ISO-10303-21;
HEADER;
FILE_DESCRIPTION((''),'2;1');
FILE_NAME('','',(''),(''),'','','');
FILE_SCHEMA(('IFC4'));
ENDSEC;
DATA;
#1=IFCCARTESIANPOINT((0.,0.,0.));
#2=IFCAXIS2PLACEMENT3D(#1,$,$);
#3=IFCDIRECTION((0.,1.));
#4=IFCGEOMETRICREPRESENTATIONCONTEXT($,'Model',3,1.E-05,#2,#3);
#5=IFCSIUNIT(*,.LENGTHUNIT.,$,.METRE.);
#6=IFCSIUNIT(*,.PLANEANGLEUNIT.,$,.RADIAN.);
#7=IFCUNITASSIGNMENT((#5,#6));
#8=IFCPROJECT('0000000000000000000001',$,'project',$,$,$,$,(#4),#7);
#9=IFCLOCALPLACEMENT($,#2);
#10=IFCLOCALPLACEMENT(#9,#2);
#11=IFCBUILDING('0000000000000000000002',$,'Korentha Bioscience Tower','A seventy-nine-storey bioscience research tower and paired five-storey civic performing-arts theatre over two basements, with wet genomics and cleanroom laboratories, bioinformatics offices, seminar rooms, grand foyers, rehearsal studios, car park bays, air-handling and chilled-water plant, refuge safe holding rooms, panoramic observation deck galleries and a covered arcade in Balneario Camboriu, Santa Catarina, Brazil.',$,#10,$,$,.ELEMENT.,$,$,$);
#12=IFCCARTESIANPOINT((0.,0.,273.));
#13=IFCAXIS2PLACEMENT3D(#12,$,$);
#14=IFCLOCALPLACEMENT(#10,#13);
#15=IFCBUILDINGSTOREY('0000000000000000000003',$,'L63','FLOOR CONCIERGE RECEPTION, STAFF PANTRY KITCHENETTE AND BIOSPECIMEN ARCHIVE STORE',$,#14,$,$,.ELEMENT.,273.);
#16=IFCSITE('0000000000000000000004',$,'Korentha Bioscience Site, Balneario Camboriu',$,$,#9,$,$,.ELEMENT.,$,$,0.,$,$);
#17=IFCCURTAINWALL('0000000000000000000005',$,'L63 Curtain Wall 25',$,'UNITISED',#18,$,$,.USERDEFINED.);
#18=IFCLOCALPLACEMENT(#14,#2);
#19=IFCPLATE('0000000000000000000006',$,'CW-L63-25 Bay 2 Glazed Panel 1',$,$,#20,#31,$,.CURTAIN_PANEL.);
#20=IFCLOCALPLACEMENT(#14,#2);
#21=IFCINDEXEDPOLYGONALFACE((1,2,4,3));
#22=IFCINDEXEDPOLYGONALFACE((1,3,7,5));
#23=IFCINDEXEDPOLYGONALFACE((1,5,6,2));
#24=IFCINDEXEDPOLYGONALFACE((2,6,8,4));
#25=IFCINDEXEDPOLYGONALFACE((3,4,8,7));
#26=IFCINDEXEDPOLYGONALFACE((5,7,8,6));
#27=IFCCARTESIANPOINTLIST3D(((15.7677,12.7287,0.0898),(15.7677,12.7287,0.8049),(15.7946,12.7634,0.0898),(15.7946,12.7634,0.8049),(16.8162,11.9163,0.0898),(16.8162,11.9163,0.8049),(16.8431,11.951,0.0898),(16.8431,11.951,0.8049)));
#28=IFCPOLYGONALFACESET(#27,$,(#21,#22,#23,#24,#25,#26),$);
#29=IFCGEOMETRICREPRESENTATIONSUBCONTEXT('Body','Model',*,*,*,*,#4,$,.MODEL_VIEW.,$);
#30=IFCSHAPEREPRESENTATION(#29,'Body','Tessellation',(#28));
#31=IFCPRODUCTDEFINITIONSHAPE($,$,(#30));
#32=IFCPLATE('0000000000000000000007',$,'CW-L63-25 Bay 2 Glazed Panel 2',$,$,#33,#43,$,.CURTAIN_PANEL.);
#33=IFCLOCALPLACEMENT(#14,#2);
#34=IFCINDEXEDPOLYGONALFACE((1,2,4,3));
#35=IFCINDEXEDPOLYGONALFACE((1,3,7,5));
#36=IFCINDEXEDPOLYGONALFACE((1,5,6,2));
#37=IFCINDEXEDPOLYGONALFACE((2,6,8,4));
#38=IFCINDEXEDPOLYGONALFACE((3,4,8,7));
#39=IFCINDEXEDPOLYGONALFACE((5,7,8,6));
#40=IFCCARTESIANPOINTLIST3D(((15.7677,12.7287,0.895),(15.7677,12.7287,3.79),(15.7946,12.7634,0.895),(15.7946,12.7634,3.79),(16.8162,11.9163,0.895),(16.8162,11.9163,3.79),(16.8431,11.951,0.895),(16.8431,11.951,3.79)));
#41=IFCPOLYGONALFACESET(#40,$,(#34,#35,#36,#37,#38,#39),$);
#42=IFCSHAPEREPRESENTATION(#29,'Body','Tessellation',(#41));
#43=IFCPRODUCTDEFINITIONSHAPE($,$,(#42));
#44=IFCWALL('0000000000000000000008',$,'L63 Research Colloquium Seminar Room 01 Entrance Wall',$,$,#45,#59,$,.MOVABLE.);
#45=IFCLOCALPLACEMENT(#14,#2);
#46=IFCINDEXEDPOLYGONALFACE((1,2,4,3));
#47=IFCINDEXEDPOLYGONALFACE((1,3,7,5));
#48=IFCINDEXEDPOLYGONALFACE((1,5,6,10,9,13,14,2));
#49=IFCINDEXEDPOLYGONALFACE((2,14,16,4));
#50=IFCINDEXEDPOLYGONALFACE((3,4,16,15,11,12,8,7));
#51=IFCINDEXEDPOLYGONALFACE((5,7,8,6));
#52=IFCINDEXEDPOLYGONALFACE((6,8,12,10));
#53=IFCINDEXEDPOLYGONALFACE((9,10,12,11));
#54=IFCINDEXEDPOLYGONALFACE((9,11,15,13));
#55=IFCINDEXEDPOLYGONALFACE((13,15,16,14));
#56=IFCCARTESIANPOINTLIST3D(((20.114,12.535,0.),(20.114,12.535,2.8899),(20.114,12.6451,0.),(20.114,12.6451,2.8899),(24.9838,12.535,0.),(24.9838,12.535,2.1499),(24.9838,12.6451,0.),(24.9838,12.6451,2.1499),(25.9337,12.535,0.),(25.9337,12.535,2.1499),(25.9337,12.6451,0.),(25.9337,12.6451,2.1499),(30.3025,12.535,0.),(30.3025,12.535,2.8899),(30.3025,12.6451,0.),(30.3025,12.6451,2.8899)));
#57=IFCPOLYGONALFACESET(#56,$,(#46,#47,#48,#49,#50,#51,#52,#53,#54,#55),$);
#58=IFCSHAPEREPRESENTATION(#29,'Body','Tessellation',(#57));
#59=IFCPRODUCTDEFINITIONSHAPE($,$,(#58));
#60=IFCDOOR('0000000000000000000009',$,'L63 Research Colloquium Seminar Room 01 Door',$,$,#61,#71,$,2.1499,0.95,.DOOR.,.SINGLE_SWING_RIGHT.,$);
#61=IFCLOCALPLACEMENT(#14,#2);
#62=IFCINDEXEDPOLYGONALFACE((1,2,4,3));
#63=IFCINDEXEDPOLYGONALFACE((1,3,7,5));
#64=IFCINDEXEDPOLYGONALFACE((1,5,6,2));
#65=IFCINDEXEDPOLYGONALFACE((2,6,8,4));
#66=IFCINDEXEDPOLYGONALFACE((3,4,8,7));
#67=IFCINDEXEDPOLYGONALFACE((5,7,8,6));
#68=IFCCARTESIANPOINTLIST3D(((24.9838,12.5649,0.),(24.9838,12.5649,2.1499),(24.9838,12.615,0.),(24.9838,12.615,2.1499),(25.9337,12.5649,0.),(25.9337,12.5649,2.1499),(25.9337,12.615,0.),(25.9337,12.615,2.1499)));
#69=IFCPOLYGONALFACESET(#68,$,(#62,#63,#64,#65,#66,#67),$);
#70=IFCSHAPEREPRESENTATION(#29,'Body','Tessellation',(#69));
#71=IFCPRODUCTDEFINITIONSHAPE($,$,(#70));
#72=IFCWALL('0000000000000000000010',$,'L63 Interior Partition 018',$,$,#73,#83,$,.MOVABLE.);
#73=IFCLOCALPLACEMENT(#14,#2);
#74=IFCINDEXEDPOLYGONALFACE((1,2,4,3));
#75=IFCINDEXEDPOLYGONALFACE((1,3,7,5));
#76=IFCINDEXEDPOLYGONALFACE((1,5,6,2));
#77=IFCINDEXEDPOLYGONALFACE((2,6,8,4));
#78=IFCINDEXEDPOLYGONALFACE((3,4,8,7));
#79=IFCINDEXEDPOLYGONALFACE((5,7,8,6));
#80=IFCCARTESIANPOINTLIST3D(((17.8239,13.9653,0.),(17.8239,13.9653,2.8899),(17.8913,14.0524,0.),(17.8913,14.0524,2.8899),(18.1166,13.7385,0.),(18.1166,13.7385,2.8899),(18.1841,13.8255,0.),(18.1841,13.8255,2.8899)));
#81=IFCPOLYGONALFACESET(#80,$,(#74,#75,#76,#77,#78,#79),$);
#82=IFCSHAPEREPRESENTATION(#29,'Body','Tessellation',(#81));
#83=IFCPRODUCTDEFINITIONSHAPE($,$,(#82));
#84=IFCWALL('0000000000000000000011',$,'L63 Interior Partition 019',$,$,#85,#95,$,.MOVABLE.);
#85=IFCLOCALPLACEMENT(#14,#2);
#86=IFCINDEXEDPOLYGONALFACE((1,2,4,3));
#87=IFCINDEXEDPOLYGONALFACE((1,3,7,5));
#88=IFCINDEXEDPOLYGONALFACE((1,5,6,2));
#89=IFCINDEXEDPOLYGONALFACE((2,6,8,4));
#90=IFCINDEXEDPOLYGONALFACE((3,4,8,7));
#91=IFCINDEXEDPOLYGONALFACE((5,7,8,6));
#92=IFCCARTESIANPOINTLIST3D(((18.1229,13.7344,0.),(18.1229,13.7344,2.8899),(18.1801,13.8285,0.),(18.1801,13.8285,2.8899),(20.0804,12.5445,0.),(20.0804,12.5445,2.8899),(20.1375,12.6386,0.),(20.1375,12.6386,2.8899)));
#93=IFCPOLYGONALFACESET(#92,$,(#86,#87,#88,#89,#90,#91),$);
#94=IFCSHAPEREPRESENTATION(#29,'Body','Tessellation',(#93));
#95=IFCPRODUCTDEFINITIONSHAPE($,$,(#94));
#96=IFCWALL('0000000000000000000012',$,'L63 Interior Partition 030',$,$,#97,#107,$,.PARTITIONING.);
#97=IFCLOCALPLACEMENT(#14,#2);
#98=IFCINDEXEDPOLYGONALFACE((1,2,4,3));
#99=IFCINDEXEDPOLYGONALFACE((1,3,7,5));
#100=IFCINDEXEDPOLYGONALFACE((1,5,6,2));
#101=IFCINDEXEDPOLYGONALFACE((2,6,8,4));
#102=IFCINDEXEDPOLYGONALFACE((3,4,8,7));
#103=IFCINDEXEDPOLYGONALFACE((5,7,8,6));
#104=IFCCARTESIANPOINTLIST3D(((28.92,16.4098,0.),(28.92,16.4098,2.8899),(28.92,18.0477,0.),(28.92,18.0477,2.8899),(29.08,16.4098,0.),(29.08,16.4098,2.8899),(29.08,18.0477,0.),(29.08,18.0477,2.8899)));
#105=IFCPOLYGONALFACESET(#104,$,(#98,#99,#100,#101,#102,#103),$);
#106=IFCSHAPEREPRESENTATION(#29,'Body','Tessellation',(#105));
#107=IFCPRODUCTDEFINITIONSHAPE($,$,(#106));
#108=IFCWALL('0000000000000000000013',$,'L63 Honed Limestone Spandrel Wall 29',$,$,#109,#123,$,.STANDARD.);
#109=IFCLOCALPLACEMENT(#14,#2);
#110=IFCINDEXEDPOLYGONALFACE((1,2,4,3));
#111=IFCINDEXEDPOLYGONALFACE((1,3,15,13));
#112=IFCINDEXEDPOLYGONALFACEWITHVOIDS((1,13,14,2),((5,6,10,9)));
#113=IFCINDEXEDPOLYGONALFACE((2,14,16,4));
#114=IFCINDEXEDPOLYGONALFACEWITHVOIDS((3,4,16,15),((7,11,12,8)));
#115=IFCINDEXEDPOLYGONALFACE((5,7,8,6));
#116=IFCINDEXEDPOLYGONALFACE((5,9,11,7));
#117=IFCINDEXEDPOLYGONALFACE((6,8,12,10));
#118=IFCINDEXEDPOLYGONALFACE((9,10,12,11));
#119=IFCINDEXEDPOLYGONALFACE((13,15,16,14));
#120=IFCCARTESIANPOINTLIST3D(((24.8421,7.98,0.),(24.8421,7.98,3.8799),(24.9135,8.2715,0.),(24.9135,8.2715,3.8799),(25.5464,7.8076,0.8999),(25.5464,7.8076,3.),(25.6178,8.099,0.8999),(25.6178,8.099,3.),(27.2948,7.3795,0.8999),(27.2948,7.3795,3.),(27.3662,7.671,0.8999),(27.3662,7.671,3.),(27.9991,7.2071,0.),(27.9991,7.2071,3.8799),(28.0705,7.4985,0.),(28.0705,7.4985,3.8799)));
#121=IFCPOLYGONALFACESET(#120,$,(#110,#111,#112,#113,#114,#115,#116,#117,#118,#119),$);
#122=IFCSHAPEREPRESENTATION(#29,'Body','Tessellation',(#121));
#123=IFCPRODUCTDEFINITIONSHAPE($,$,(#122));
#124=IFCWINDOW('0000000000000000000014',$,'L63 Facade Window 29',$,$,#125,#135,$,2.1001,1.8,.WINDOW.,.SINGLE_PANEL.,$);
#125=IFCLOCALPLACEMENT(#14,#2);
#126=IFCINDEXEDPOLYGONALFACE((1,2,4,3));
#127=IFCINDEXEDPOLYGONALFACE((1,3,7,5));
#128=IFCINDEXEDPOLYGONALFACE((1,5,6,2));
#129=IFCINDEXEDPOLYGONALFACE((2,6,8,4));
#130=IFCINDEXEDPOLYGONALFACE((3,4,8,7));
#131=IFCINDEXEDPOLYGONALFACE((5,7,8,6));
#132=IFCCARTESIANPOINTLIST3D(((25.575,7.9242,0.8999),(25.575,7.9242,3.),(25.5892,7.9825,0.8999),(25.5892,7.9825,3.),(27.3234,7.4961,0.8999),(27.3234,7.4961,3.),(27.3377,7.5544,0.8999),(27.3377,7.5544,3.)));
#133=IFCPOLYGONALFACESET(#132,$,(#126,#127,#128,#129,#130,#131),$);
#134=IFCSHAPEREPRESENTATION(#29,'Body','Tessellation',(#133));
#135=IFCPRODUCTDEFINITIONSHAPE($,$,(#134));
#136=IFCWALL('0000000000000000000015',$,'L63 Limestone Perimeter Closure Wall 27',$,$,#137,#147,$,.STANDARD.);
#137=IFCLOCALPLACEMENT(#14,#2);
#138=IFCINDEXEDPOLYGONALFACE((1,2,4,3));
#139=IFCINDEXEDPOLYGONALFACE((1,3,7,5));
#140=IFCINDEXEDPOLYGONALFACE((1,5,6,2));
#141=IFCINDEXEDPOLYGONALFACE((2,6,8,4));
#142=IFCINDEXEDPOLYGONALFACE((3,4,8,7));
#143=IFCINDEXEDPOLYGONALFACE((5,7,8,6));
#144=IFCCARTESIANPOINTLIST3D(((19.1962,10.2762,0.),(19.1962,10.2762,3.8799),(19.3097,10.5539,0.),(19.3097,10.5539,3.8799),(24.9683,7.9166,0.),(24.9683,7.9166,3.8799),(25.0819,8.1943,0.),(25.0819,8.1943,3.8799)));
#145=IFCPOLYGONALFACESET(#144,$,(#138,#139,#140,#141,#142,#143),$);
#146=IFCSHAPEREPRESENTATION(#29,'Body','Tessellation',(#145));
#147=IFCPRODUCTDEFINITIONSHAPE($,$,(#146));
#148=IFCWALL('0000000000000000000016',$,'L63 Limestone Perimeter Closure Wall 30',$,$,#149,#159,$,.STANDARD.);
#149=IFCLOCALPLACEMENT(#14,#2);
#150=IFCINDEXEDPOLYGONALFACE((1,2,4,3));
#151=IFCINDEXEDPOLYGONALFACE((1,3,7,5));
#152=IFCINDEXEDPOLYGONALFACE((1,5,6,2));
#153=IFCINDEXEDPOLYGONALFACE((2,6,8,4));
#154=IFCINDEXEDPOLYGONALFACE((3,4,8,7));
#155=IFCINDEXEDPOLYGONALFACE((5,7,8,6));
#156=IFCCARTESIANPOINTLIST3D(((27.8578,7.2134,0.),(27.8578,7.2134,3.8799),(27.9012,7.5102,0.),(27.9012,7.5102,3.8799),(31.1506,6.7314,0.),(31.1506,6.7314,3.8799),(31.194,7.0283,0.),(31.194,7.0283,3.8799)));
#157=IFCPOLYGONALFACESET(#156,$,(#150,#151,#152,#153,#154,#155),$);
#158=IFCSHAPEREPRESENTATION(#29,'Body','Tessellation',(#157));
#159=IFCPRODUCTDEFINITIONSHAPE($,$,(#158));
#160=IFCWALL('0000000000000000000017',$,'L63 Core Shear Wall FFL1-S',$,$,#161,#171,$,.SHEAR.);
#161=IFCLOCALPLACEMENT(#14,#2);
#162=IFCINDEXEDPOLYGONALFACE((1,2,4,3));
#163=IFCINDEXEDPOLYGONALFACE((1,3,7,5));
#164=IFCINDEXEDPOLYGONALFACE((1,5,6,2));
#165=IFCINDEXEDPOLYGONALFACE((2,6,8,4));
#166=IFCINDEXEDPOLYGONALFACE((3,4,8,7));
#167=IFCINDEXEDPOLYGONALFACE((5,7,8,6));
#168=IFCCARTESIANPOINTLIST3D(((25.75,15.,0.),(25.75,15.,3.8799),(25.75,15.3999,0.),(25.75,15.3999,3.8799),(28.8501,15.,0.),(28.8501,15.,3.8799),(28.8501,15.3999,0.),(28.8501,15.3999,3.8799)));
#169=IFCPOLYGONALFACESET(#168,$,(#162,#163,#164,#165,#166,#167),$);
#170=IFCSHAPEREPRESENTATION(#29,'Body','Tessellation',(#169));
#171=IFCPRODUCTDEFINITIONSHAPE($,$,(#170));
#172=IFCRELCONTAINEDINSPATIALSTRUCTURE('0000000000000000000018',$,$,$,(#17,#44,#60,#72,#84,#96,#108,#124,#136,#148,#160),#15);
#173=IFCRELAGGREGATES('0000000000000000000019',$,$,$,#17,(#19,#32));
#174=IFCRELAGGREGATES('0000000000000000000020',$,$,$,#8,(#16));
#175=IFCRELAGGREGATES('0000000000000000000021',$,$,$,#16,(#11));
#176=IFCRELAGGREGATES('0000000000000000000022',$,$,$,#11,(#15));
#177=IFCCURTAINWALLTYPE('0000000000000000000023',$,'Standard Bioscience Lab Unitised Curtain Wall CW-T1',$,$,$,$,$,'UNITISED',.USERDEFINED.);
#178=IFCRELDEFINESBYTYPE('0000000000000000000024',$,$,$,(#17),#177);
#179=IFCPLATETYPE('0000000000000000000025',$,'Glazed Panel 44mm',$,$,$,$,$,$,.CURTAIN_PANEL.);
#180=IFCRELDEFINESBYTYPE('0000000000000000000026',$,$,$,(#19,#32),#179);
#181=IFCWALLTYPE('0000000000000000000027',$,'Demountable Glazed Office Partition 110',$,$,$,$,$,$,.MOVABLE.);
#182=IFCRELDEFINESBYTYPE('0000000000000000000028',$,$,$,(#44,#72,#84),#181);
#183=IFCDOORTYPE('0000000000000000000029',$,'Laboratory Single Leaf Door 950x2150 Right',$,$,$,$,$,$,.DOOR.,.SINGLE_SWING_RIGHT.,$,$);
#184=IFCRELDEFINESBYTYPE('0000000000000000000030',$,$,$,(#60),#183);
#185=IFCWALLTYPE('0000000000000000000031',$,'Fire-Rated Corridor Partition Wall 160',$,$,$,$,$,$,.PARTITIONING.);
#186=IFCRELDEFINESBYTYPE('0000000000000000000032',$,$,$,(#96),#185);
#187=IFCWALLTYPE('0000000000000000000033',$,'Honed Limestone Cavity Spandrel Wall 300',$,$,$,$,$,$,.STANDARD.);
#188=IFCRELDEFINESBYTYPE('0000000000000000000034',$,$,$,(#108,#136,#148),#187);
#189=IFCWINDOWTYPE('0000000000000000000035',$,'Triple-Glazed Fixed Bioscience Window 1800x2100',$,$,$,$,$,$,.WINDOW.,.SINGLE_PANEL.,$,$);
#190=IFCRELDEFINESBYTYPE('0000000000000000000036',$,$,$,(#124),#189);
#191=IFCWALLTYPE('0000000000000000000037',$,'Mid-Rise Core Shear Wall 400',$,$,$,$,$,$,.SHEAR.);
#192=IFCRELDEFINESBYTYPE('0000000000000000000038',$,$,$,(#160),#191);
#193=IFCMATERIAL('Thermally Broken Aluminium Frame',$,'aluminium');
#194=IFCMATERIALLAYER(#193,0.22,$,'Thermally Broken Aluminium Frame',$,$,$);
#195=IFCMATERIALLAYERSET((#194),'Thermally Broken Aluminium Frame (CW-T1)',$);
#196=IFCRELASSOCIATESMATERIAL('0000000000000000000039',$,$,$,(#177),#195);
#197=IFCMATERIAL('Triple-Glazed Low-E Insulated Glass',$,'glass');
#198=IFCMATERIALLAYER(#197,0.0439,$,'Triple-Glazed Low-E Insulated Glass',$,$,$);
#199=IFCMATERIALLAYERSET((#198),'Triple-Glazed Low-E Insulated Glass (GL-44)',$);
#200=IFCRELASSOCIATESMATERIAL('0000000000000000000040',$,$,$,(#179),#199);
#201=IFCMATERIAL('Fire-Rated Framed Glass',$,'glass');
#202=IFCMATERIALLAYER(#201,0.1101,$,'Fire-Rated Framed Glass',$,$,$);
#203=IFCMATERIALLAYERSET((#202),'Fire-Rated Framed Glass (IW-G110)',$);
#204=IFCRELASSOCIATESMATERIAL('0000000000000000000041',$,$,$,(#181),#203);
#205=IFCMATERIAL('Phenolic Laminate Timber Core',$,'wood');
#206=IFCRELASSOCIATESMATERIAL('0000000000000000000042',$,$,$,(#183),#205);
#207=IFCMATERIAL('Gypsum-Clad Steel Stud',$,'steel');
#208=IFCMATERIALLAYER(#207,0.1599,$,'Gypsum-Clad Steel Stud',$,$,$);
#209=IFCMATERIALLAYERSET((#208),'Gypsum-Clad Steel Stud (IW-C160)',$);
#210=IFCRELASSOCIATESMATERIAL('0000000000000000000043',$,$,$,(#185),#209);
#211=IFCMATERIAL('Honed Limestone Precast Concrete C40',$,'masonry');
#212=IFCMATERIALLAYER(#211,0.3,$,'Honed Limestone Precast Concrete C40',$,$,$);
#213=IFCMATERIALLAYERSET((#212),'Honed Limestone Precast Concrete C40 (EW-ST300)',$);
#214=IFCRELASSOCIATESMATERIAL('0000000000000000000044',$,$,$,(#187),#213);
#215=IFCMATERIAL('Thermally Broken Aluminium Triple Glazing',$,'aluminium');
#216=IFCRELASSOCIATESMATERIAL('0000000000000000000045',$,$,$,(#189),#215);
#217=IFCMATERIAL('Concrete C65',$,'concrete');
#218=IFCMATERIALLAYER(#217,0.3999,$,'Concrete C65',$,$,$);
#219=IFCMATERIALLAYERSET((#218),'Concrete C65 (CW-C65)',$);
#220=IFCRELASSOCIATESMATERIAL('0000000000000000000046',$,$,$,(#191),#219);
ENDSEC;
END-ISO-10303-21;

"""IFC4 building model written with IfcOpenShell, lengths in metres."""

from ifc_helpers import new_model, si_unit, direction, frame, frame_2d, origin, origin_2d, place, context, subcontext, project, spatial, rectangle, extrude, material, layer, layer_set, type_object, element, fill, aggregate, save


model = new_model("IFC4")

# Units and contexts
model_context = context("Model", 3, precision=1e-05, world=origin(), true_north=direction((0.0, 1.0)))
body_context = subcontext(model_context, "Body", "Model", "MODEL_VIEW")
ifc_project = project(units=[si_unit("LENGTHUNIT", "METRE"), si_unit("PLANEANGLEUNIT", "RADIAN")], contexts=[model_context])

# Site, building, storey
site_placement = place(None, origin())
site = spatial("IfcSite", under=ifc_project, at=site_placement, Name="Korentha Bioscience Site, Balneario Camboriu", CompositionType="ELEMENT", RefElevation=0.0)
building_placement = place(site_placement, origin())
building = spatial("IfcBuilding", under=site, at=building_placement, Name="Korentha Bioscience Tower", Description="A seventy-nine-storey bioscience research tower and paired five-storey civic performing-arts theatre over two basements, with wet genomics and cleanroom laboratories, bioinformatics offices, seminar rooms, grand foyers, rehearsal studios, car park bays, air-handling and chilled-water plant, refuge safe holding rooms, panoramic observation deck galleries and a covered arcade in Balneario Camboriu, Santa Catarina, Brazil.", CompositionType="ELEMENT")
storey_placement = place(building_placement, frame((0.0, 0.0, 273.0)))
storey = spatial("IfcBuildingStorey", under=building, at=storey_placement, Name="L63", Description="FLOOR CONCIERGE RECEPTION, STAFF PANTRY KITCHENETTE AND BIOSPECIMEN ARCHIVE STORE", CompositionType="ELEMENT", Elevation=273.0)

# Shared definitions
ifc_material_1 = material(Name="Concrete C65", Category="concrete")

# Curtain wall
ifc_material_2 = material(Name="Thermally Broken Aluminium Frame", Category="aluminium")
ifc_layer_1 = layer(ifc_material_2, 0.22, Name="Thermally Broken Aluminium Frame")
ifc_layer_set_1 = layer_set([ifc_layer_1], Name="Thermally Broken Aluminium Frame (CW-T1)")
curtain_wall_type = type_object("IfcCurtainWallType", Name="Standard Bioscience Lab Unitised Curtain Wall CW-T1", ElementType="UNITISED", PredefinedType="USERDEFINED", material=ifc_layer_set_1)
curtain_wall_placement = place(storey_placement, origin())
curtain_wall = element("IfcCurtainWall", 1, at=curtain_wall_placement, inside=storey, type_object=curtain_wall_type, Name="L63 Curtain Wall 25", ObjectType="UNITISED", PredefinedType="USERDEFINED")

# Plates
ifc_material_3 = material(Name="Triple-Glazed Low-E Insulated Glass", Category="glass")
ifc_layer_2 = layer(ifc_material_3, 0.0439, Name="Triple-Glazed Low-E Insulated Glass")
ifc_layer_set_2 = layer_set([ifc_layer_2], Name="Triple-Glazed Low-E Insulated Glass (GL-44)")
plate_type = type_object("IfcPlateType", Name="Glazed Panel 44mm", PredefinedType="CURTAIN_PANEL", material=ifc_layer_set_2)
plate_1_placement = place(storey_placement, frame((16.3054, 12.3398, 0.0898), z_axis=(0.0, 0.0, 1.0), x_axis=(0.790488, -0.612478, 0.0)))
plate_1 = element("IfcPlate", 2, at=plate_1_placement, type_object=plate_type, Name="CW-L63-25 Bay 2 Glazed Panel 1", PredefinedType="CURTAIN_PANEL", context=body_context, shape_type="SweptSolid", body=[
    extrude(rectangle(XDim=1.3264, YDim=0.0439, at=origin_2d()), origin(), (0.0, 0.0, 1.0), 0.7151),
])
plate_2_placement = place(storey_placement, frame((16.3054, 12.3398, 0.895), z_axis=(0.0, 0.0, 1.0), x_axis=(0.790488, -0.612478, 0.0)))
plate_2 = element("IfcPlate", 3, at=plate_2_placement, type_object=plate_type, Name="CW-L63-25 Bay 2 Glazed Panel 2", PredefinedType="CURTAIN_PANEL", context=body_context, shape_type="SweptSolid", body=[
    extrude(rectangle(XDim=1.3264, YDim=0.0439, at=origin_2d()), origin(), (0.0, 0.0, 1.0), 2.895),
])
aggregate(curtain_wall, [plate_1, plate_2])

# Wall, opening, door
ifc_material_4 = material(Name="Fire-Rated Framed Glass", Category="glass")
ifc_layer_3 = layer(ifc_material_4, 0.1101, Name="Fire-Rated Framed Glass")
ifc_layer_set_3 = layer_set([ifc_layer_3], Name="Fire-Rated Framed Glass (IW-G110)")
wall_type_1 = type_object("IfcWallType", Name="Demountable Glazed Office Partition 110", PredefinedType="MOVABLE", material=ifc_layer_set_3)
wall_1_placement = place(storey_placement, frame((20.114, 12.5901, 0.0), z_axis=(0.0, 0.0, 1.0), x_axis=(1.0, 0.0, 0.0)))
wall_1 = element("IfcWall", 4, at=wall_1_placement, inside=storey, type_object=wall_type_1, Name="L63 Research Colloquium Seminar Room 01 Entrance Wall", PredefinedType="MOVABLE", context=body_context, shape_type="SweptSolid", body=[
    extrude(rectangle(XDim=10.1885, YDim=0.1101, at=frame_2d((5.0942, 0.0))), origin(), (0.0, 0.0, 1.0), 2.8899),
])
opening_1_placement = place(wall_1_placement, frame((4.8696, 0.0, 0.0)))
opening_1 = element("IfcOpeningElement", 5, at=opening_1_placement, cuts=wall_1, PredefinedType="OPENING", context=body_context, shape_type="SweptSolid", body=[
    extrude(rectangle(XDim=0.95, YDim=2.1499, at=frame_2d((0.4751, 1.075))), frame((0.0, 0.0698, 0.0), z_axis=(0.0, -1.0, 0.0), x_axis=(1.0, 0.0, 0.0)), (0.0, 0.0, 1.0), 0.1399),
])
ifc_material_5 = material(Name="Phenolic Laminate Timber Core", Category="wood")
door_type_1 = type_object("IfcDoorType", Name="Laboratory Single Leaf Door 950x2150 Right", OperationType="SINGLE_SWING_RIGHT", PredefinedType="DOOR", material=ifc_material_5)
door_1_placement = place(opening_1_placement, origin())
door_1 = element("IfcDoor", 6, at=door_1_placement, inside=storey, type_object=door_type_1, Name="L63 Research Colloquium Seminar Room 01 Door", OperationType="SINGLE_SWING_RIGHT", OverallHeight=2.1499, OverallWidth=0.95, PredefinedType="DOOR", context=body_context, shape_type="SweptSolid", body=[
    extrude(rectangle(XDim=0.95, YDim=2.1499, at=frame_2d((0.4751, 1.075))), frame((0.0, 0.0249, 0.0), z_axis=(0.0, -1.0, 0.0), x_axis=(1.0, 0.0, 0.0)), (0.0, 0.0, 1.0), 0.05),
])
fill(opening_1, door_1)

# Walls
wall_2_placement = place(storey_placement, frame((17.8577, 14.0088, 0.0), z_axis=(0.0, 0.0, 1.0), x_axis=(0.790487, -0.612479, 0.0)))
element("IfcWall", 7, at=wall_2_placement, inside=storey, type_object=wall_type_1, Name="L63 Interior Partition 018", PredefinedType="MOVABLE", context=body_context, shape_type="SweptSolid", body=[
    extrude(rectangle(XDim=0.3704, YDim=0.1101, at=frame_2d((0.1851, 0.0))), origin(), (0.0, 0.0, 1.0), 2.8899),
])
wall_3_placement = place(storey_placement, frame((18.1514, 13.7815, 0.0), z_axis=(0.0, 0.0, 1.0), x_axis=(0.854507, -0.51944, 0.0)))
element("IfcWall", 8, at=wall_3_placement, inside=storey, type_object=wall_type_1, Name="L63 Interior Partition 019", PredefinedType="MOVABLE", context=body_context, shape_type="SweptSolid", body=[
    extrude(rectangle(XDim=2.2908, YDim=0.1101, at=frame_2d((1.1455, 0.0))), origin(), (0.0, 0.0, 1.0), 2.8899),
])
ifc_material_6 = material(Name="Gypsum-Clad Steel Stud", Category="steel")
ifc_layer_4 = layer(ifc_material_6, 0.1599, Name="Gypsum-Clad Steel Stud")
ifc_layer_set_4 = layer_set([ifc_layer_4], Name="Gypsum-Clad Steel Stud (IW-C160)")
wall_type_2 = type_object("IfcWallType", Name="Fire-Rated Corridor Partition Wall 160", PredefinedType="PARTITIONING", material=ifc_layer_set_4)
wall_4_placement = place(storey_placement, frame((29.0, 16.4099, 0.0), z_axis=(0.0, 0.0, 1.0), x_axis=(0.0, 1.0, 0.0)))
element("IfcWall", 9, at=wall_4_placement, inside=storey, type_object=wall_type_2, Name="L63 Interior Partition 030", PredefinedType="PARTITIONING", context=body_context, shape_type="SweptSolid", body=[
    extrude(rectangle(XDim=1.6379, YDim=0.1599, at=frame_2d((0.8188, 0.0))), origin(), (0.0, 0.0, 1.0), 2.8899),
])

# Shared definitions
ifc_material_7 = material(Name="Honed Limestone Precast Concrete C40", Category="masonry")
ifc_layer_5 = layer(ifc_material_7, 0.3, Name="Honed Limestone Precast Concrete C40")
ifc_layer_set_5 = layer_set([ifc_layer_5], Name="Honed Limestone Precast Concrete C40 (EW-ST300)")
wall_type_3 = type_object("IfcWallType", Name="Honed Limestone Cavity Spandrel Wall 300", PredefinedType="STANDARD", material=ifc_layer_set_5)

# Wall, opening, window
wall_5_placement = place(storey_placement, frame((24.8779, 8.1257, 0.0), z_axis=(0.0, 0.0, 1.0), x_axis=(0.971311, -0.237814, 0.0)))
wall_5 = element("IfcWall", 10, at=wall_5_placement, inside=storey, type_object=wall_type_3, Name="L63 Honed Limestone Spandrel Wall 29", PredefinedType="STANDARD", context=body_context, shape_type="SweptSolid", body=[
    extrude(rectangle(XDim=3.2502, YDim=0.3, at=frame_2d((1.625, 0.0))), origin(), (0.0, 0.0, 1.0), 3.8799),
])
opening_2_placement = place(wall_5_placement, frame((0.7251, 0.0, 0.8999)))
opening_2 = element("IfcOpeningElement", 11, at=opening_2_placement, cuts=wall_5, PredefinedType="OPENING", context=body_context, shape_type="SweptSolid", body=[
    extrude(rectangle(XDim=1.8, YDim=2.1001, at=frame_2d((0.8999, 1.05))), frame((0.0, 0.165, 0.0), z_axis=(0.0, -1.0, 0.0), x_axis=(1.0, 0.0, 0.0)), (0.0, 0.0, 1.0), 0.3298),
])
ifc_material_8 = material(Name="Thermally Broken Aluminium Triple Glazing", Category="aluminium")
window_type = type_object("IfcWindowType", Name="Triple-Glazed Fixed Bioscience Window 1800x2100", PartitioningType="SINGLE_PANEL", PredefinedType="WINDOW", material=ifc_material_8)
window_placement = place(opening_2_placement, origin())
window = element("IfcWindow", 12, at=window_placement, inside=storey, type_object=window_type, Name="L63 Facade Window 29", OverallHeight=2.1001, OverallWidth=1.8, PartitioningType="SINGLE_PANEL", PredefinedType="WINDOW", context=body_context, shape_type="SweptSolid", body=[
    extrude(rectangle(XDim=1.8, YDim=2.1001, at=frame_2d((0.8999, 1.05))), frame((0.0, 0.03, 0.0), z_axis=(0.0, -1.0, 0.0), x_axis=(1.0, 0.0, 0.0)), (0.0, 0.0, 1.0), 0.0601),
])
fill(opening_2, window)

# Walls
wall_6_placement = place(storey_placement, frame((19.2529, 10.415, 0.0), z_axis=(0.0, 0.0, 1.0), x_axis=(0.925645, -0.378393, 0.0)))
element("IfcWall", 13, at=wall_6_placement, inside=storey, type_object=wall_type_3, Name="L63 Limestone Perimeter Closure Wall 27", PredefinedType="STANDARD", context=body_context, shape_type="SweptSolid", body=[
    extrude(rectangle(XDim=6.2358, YDim=0.3, at=frame_2d((3.1179, 0.0))), origin(), (0.0, 0.0, 1.0), 3.8799),
])
wall_7_placement = place(storey_placement, frame((27.8794, 7.3618, 0.0), z_axis=(0.0, 0.0, 1.0), x_axis=(0.989458, -0.14482, 0.0)))
element("IfcWall", 14, at=wall_7_placement, inside=storey, type_object=wall_type_3, Name="L63 Limestone Perimeter Closure Wall 30", PredefinedType="STANDARD", context=body_context, shape_type="SweptSolid", body=[
    extrude(rectangle(XDim=3.3279, YDim=0.3, at=frame_2d((1.6641, 0.0))), origin(), (0.0, 0.0, 1.0), 3.8799),
])
ifc_layer_6 = layer(ifc_material_1, 0.3999, Name="Concrete C65")
ifc_layer_set_6 = layer_set([ifc_layer_6], Name="Concrete C65 (CW-C65)")
wall_type_4 = type_object("IfcWallType", Name="Mid-Rise Core Shear Wall 400", PredefinedType="SHEAR", material=ifc_layer_set_6)
wall_8_placement = place(storey_placement, frame((25.75, 15.2, 0.0), z_axis=(0.0, 0.0, 1.0), x_axis=(1.0, 0.0, 0.0)))
element("IfcWall", 15, at=wall_8_placement, inside=storey, type_object=wall_type_4, Name="L63 Core Shear Wall FFL1-S", PredefinedType="SHEAR", context=body_context, shape_type="SweptSolid", body=[
    extrude(rectangle(XDim=3.1001, YDim=0.3999, at=frame_2d((1.55, 0.0))), origin(), (0.0, 0.0, 1.0), 3.8799),
])

save(model, "model.ifc")
